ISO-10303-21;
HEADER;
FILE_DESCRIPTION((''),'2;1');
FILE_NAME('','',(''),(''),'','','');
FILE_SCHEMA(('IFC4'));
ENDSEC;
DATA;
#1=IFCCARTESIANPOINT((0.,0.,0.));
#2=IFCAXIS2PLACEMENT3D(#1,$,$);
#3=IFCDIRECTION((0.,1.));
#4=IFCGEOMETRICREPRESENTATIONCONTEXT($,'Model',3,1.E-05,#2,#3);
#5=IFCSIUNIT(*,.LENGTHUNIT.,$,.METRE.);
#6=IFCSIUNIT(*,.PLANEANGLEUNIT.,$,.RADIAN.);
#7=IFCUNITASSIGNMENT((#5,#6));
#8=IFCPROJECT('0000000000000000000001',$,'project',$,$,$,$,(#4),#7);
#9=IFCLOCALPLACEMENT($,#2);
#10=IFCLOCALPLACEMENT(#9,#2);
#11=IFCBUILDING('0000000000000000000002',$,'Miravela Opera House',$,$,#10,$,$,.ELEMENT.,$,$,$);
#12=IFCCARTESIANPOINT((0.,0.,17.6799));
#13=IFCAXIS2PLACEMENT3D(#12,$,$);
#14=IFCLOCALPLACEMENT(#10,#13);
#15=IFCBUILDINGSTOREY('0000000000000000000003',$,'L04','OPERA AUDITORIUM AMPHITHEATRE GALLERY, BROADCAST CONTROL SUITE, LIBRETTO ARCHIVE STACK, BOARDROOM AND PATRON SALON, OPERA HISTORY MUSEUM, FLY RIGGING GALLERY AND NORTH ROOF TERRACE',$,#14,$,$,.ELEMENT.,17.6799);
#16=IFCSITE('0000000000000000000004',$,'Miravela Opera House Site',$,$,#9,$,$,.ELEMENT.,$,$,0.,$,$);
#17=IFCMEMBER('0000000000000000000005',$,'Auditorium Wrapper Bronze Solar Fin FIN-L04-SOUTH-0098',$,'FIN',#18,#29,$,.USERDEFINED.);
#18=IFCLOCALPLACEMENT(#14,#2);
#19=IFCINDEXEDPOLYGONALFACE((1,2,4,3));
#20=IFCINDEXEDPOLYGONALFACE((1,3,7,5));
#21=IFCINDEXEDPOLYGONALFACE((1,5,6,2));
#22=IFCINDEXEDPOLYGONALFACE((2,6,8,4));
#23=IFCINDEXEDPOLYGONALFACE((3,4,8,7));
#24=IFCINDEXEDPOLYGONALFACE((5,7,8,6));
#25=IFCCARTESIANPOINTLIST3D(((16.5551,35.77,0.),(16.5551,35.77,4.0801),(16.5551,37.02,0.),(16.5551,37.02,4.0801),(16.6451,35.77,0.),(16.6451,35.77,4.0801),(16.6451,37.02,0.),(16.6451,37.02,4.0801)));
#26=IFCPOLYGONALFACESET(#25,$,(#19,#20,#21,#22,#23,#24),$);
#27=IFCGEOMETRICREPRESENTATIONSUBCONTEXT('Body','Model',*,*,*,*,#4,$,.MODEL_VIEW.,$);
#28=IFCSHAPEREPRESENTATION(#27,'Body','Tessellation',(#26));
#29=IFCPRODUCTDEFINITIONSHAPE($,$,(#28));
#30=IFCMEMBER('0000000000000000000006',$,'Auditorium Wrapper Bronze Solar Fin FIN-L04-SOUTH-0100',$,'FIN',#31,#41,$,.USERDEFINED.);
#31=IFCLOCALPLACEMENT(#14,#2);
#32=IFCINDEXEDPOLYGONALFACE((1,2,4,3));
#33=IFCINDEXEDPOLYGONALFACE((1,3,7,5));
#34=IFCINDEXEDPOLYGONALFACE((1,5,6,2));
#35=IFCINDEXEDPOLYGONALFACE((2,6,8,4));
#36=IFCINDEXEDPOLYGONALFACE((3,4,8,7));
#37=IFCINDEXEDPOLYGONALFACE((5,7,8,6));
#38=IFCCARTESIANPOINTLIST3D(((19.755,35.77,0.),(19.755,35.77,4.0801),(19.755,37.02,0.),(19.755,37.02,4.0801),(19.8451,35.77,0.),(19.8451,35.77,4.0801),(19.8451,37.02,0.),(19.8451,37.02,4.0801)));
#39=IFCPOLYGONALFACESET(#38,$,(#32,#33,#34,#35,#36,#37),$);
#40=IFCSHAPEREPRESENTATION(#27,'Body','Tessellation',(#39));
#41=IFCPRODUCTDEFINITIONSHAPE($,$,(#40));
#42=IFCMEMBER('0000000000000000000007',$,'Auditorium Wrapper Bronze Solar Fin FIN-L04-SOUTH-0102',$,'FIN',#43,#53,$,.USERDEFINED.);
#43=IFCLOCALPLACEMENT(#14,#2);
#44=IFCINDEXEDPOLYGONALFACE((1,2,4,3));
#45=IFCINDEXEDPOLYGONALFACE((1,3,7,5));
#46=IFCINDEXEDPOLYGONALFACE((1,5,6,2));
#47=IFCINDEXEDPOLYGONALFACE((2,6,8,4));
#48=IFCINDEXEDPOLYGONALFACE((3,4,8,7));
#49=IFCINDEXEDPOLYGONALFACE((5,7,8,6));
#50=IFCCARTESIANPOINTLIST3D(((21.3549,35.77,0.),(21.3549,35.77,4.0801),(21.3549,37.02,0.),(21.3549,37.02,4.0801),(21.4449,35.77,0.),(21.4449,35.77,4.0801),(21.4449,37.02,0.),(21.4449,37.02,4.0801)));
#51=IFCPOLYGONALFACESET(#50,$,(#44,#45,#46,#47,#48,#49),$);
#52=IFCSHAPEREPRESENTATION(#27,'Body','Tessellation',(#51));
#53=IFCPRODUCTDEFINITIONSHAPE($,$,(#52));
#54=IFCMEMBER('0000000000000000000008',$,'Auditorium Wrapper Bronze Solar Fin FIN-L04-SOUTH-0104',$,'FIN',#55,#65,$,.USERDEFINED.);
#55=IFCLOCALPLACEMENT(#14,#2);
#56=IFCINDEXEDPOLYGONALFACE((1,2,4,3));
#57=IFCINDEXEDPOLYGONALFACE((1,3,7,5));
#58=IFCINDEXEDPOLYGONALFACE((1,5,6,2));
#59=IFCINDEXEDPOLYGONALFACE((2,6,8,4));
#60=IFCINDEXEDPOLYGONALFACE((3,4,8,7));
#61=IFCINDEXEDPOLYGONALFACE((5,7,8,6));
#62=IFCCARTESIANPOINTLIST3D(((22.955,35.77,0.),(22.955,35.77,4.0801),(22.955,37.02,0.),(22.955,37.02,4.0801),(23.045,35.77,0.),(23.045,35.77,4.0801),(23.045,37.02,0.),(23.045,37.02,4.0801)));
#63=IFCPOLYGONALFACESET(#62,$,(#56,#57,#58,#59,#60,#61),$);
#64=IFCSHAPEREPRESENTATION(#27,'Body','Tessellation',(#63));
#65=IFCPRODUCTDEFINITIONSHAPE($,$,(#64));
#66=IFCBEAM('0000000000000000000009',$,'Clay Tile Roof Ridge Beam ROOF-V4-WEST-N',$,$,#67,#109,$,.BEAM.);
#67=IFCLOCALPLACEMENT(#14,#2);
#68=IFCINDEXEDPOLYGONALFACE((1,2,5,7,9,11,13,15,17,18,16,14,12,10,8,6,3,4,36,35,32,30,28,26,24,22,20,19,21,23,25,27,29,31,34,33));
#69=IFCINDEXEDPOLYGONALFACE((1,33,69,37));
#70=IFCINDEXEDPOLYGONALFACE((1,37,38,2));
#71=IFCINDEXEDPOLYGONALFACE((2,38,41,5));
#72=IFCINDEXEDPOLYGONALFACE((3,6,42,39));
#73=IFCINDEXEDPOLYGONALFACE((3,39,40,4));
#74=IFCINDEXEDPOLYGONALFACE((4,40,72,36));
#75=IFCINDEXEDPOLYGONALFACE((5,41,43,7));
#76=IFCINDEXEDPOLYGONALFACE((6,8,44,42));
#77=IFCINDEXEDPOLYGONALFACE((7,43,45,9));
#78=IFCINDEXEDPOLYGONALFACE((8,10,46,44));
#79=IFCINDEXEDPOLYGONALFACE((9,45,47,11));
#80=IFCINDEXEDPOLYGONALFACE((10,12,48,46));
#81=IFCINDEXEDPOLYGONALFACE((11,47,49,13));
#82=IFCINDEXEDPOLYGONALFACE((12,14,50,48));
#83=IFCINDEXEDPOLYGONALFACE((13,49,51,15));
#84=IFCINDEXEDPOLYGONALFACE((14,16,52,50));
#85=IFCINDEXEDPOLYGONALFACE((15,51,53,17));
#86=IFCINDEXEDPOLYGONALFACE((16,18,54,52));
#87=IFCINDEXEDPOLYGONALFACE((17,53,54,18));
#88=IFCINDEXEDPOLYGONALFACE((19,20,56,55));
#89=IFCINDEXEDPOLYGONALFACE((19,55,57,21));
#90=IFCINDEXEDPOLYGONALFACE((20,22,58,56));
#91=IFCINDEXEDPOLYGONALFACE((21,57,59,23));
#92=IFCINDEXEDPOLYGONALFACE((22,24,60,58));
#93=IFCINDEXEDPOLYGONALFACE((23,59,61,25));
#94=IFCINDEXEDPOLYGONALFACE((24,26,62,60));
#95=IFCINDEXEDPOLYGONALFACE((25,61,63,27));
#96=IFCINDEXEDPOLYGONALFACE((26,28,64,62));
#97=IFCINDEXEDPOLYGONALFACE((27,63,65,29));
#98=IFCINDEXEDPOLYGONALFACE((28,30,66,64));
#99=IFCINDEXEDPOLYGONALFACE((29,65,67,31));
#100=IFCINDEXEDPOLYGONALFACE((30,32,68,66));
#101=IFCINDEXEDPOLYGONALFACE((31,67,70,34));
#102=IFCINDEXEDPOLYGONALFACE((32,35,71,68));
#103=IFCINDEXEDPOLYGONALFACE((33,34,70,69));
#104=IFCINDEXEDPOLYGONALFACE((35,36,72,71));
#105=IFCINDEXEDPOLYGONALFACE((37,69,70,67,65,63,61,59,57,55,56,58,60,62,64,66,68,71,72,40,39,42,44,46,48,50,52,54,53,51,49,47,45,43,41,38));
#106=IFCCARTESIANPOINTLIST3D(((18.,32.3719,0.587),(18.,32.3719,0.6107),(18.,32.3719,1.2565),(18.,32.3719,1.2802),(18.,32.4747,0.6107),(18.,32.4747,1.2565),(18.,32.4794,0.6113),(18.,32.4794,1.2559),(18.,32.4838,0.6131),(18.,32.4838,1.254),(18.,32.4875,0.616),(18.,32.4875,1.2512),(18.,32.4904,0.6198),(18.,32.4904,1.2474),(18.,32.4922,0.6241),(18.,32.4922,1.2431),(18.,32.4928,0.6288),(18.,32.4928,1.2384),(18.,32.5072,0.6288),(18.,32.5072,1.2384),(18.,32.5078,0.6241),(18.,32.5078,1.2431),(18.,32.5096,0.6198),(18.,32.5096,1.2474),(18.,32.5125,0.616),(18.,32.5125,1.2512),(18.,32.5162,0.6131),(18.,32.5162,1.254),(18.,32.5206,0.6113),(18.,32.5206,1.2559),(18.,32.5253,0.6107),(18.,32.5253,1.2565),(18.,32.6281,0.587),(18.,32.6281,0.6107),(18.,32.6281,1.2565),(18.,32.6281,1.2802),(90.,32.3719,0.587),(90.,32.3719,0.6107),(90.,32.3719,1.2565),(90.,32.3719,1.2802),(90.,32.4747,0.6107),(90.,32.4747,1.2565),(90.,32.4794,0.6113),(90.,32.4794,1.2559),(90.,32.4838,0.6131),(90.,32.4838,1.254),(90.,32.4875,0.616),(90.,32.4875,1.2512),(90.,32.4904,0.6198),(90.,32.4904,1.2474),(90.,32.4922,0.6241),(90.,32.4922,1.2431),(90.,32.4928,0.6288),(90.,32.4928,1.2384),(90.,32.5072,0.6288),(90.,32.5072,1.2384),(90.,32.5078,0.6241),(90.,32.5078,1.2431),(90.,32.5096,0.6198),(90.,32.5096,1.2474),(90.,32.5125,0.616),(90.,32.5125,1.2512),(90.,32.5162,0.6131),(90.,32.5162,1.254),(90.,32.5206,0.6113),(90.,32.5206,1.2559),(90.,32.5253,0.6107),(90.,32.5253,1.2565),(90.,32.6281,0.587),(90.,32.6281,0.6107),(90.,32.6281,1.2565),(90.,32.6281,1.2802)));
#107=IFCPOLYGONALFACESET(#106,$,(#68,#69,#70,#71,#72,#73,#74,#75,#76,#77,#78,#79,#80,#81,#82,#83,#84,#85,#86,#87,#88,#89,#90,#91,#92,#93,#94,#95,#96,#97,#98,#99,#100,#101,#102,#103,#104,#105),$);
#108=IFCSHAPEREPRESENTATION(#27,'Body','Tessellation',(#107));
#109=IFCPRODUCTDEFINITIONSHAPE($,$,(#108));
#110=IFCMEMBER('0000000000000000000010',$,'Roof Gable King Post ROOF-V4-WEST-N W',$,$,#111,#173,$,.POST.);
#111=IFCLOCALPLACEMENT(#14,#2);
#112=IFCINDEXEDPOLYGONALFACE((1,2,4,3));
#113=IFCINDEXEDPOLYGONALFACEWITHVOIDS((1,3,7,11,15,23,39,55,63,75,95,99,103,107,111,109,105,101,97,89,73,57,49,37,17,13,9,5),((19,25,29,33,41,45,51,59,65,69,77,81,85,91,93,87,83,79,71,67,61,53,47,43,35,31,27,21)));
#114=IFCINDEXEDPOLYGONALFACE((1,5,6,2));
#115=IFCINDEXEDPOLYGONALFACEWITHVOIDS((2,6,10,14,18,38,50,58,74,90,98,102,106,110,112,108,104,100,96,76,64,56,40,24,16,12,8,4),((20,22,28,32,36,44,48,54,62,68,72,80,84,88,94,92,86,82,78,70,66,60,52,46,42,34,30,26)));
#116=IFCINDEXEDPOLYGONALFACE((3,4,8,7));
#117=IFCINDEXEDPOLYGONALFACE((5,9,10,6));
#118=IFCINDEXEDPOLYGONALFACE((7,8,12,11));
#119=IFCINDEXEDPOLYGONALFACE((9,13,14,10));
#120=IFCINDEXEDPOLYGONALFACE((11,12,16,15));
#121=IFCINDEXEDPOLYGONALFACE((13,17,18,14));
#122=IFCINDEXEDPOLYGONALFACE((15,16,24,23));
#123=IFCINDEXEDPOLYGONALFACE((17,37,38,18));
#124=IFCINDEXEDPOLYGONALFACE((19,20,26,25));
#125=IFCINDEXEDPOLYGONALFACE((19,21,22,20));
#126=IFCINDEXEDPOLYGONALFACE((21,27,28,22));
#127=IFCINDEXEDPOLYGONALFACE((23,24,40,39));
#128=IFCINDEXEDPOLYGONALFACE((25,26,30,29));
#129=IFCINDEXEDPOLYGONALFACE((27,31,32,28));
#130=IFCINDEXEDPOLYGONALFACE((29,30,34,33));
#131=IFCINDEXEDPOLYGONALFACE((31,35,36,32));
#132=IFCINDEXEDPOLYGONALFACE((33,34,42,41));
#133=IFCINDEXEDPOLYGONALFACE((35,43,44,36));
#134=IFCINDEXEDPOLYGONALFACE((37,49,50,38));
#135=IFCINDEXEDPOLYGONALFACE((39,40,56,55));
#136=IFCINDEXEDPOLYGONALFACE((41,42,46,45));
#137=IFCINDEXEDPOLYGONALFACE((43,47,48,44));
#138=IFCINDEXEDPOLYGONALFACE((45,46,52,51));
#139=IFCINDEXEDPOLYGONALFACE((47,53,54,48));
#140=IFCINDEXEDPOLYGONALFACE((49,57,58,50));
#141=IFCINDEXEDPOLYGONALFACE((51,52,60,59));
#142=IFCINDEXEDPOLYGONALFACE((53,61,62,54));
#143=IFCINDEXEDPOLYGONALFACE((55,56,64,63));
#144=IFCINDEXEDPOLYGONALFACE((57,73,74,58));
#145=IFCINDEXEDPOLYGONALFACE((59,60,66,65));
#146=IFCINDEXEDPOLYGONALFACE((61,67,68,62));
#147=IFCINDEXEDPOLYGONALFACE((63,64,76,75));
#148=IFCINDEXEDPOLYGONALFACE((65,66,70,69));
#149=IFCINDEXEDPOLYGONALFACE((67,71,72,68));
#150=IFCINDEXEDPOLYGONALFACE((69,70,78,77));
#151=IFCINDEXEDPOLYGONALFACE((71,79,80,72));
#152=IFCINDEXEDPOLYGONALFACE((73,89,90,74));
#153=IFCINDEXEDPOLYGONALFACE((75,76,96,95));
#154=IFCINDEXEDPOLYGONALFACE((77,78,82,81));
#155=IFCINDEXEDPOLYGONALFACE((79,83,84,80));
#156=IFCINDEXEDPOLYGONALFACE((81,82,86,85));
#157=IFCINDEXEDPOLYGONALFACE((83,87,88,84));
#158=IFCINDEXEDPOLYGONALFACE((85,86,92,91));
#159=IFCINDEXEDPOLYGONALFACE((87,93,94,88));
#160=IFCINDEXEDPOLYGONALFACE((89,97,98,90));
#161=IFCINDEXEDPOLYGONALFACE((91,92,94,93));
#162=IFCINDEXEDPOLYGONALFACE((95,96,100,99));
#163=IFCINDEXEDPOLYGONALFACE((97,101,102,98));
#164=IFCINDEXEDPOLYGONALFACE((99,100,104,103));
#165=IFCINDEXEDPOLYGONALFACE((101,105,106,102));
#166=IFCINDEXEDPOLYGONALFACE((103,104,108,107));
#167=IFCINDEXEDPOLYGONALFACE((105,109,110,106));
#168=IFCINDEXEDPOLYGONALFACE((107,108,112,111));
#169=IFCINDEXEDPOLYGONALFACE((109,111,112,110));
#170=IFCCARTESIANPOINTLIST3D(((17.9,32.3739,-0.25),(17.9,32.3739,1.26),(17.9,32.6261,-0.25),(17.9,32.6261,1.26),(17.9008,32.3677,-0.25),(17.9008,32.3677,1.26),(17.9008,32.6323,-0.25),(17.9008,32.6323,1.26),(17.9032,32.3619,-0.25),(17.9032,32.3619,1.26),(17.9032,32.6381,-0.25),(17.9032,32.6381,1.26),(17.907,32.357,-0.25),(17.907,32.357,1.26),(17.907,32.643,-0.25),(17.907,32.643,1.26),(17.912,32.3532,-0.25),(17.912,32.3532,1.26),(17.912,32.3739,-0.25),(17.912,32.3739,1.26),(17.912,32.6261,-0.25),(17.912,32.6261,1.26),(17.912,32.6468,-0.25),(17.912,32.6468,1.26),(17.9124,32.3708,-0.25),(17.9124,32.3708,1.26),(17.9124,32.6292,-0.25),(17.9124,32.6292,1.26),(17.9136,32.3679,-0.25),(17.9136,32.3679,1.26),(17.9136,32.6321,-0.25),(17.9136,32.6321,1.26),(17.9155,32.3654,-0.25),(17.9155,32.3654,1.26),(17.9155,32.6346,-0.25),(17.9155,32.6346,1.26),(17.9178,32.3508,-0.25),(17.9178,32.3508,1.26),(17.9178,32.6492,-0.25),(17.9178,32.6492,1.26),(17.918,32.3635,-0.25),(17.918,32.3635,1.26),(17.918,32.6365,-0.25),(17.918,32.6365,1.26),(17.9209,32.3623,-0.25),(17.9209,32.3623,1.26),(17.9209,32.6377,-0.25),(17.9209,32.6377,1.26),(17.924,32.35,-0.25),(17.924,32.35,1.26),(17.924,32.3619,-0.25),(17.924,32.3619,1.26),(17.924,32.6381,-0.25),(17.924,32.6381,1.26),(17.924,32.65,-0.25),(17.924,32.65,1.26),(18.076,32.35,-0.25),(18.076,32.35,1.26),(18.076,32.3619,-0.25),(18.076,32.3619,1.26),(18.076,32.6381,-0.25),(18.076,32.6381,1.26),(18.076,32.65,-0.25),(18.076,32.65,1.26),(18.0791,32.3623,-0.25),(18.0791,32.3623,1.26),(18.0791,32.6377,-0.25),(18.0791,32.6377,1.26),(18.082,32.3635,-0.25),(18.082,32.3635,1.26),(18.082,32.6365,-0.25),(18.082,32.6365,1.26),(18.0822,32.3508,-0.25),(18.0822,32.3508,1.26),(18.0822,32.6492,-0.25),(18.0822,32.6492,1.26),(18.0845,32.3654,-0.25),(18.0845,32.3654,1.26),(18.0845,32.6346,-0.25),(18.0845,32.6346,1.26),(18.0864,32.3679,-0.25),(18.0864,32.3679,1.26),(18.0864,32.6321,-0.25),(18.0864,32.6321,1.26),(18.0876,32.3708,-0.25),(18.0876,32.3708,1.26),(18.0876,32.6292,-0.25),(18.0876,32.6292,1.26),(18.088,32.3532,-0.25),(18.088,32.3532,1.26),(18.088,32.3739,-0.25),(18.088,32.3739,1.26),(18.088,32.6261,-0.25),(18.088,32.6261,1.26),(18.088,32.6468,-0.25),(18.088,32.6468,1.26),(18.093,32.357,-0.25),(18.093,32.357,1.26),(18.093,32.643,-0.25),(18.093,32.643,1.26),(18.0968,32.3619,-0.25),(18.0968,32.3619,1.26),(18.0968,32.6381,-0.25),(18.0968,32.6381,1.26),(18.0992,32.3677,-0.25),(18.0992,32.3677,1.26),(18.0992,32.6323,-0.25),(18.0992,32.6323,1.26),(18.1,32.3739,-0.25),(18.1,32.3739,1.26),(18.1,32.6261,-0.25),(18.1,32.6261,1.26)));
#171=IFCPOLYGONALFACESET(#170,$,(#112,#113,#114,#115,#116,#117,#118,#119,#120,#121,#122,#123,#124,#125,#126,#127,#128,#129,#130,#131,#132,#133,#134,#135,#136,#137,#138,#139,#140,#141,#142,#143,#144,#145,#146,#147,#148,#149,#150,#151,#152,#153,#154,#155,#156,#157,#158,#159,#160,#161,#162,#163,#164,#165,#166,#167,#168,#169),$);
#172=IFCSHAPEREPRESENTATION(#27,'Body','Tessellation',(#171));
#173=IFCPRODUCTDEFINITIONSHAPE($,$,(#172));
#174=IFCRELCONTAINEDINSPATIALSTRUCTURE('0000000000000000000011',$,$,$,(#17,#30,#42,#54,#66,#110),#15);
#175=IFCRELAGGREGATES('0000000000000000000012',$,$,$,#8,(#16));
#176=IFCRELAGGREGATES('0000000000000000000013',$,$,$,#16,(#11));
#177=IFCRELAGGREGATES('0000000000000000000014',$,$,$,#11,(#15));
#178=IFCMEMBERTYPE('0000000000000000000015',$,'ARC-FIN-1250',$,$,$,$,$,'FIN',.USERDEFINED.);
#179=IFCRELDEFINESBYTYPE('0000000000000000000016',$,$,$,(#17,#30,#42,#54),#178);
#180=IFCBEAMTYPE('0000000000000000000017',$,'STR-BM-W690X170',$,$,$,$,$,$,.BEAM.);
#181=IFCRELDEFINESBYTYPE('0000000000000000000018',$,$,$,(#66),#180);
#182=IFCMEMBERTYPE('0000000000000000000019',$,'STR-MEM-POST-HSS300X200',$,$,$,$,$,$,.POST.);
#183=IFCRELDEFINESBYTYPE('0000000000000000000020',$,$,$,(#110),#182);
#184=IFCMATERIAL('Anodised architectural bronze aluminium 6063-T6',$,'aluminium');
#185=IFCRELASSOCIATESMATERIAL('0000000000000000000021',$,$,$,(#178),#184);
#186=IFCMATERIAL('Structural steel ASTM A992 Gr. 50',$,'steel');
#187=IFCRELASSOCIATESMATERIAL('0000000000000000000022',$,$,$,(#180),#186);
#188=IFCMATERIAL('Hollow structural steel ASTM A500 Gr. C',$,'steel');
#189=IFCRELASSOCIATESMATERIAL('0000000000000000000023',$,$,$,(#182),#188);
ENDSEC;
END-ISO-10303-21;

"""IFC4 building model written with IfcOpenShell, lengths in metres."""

from ifc_helpers import new_model, si_unit, direction, frame, origin, origin_2d, place, context, subcontext, project, spatial, rectangle, hollow_rectangle, i_section, extrude, material, material_profile, profile_set, type_object, element, save


model = new_model("IFC4")

# Units and contexts
model_context = context("Model", 3, precision=1e-05, world=origin(), true_north=direction((0.0, 1.0)))
body_context = subcontext(model_context, "Body", "Model", "MODEL_VIEW")
ifc_project = project(units=[si_unit("LENGTHUNIT", "METRE"), si_unit("PLANEANGLEUNIT", "RADIAN")], contexts=[model_context])

# Site, building, storey
site_placement = place(None, origin())
site = spatial("IfcSite", under=ifc_project, at=site_placement, Name="Miravela Opera House Site", CompositionType="ELEMENT", RefElevation=0.0)
building_placement = place(site_placement, origin())
building = spatial("IfcBuilding", under=site, at=building_placement, Name="Miravela Opera House", CompositionType="ELEMENT")
storey_placement = place(building_placement, frame((0.0, 0.0, 17.6799)))
storey = spatial("IfcBuildingStorey", under=building, at=storey_placement, Name="L04", Description="OPERA AUDITORIUM AMPHITHEATRE GALLERY, BROADCAST CONTROL SUITE, LIBRETTO ARCHIVE STACK, BOARDROOM AND PATRON SALON, OPERA HISTORY MUSEUM, FLY RIGGING GALLERY AND NORTH ROOF TERRACE", CompositionType="ELEMENT", Elevation=17.6799)

# Members
ifc_material_1 = material(Name="Anodised architectural bronze aluminium 6063-T6", Category="aluminium")
ifc_material_profile_1 = material_profile(ifc_material_1, rectangle(XDim=0.0901, YDim=1.25, at=origin_2d()), Name="FIN-1250X90")
ifc_profile_set_1 = profile_set([ifc_material_profile_1])
member_type_1 = type_object("IfcMemberType", Name="ARC-FIN-1250", ElementType="FIN", PredefinedType="USERDEFINED", material=ifc_profile_set_1)
for number, where, z_axis, x_axis, name in (
    (1, (16.6001, 36.395, 0.0), (0.0, 0.0, 1.0), (1.0, 0.0, 0.0), "Auditorium Wrapper Bronze Solar Fin FIN-L04-SOUTH-0098"),
    (2, (19.8, 36.395, 0.0), (0.0, 0.0, 1.0), (1.0, 0.0, 0.0), "Auditorium Wrapper Bronze Solar Fin FIN-L04-SOUTH-0100"),
    (3, (21.3999, 36.395, 0.0), (0.0, 0.0, 1.0), (1.0, 0.0, 0.0), "Auditorium Wrapper Bronze Solar Fin FIN-L04-SOUTH-0102"),
    (4, (23.0, 36.395, 0.0), (0.0, 0.0, 1.0), (1.0, 0.0, 0.0), "Auditorium Wrapper Bronze Solar Fin FIN-L04-SOUTH-0104"),
):
    element("IfcMember", number, at=place(storey_placement, frame(where, z_axis=z_axis, x_axis=x_axis)), inside=storey, type_object=member_type_1, Name=name, ObjectType="FIN", PredefinedType="USERDEFINED", context=body_context, shape_type="SweptSolid", body=[
        extrude(rectangle(XDim=0.0901, YDim=1.25, at=origin_2d()), origin(), (0.0, 0.0, 1.0), 4.0801),
    ])

# Beam
ifc_material_2 = material(Name="Structural steel ASTM A992 Gr. 50", Category="steel")
ifc_material_profile_2 = material_profile(ifc_material_2, i_section(OverallWidth=0.2561, OverallDepth=0.6931, WebThickness=0.0144, FlangeThickness=0.0237, FilletRadius=0.0181, at=origin_2d()), Name="W690X170")
ifc_profile_set_2 = profile_set([ifc_material_profile_2])
beam_type = type_object("IfcBeamType", Name="STR-BM-W690X170", PredefinedType="BEAM", material=ifc_profile_set_2)
beam_placement = place(storey_placement, frame((18.0, 32.5, 0.9336), z_axis=(1.0, 0.0, 0.0), x_axis=(0.0, 1.0, 0.0)))
element("IfcBeam", 5, at=beam_placement, inside=storey, type_object=beam_type, Name="Clay Tile Roof Ridge Beam ROOF-V4-WEST-N", PredefinedType="BEAM", context=body_context, shape_type="SweptSolid", body=[
    extrude(i_section(OverallWidth=0.2561, OverallDepth=0.6931, WebThickness=0.0144, FlangeThickness=0.0237, FilletRadius=0.0181, at=origin_2d()), origin(), (0.0, 0.0, 1.0), 72.0),
])

# Member
ifc_material_3 = material(Name="Hollow structural steel ASTM A500 Gr. C", Category="steel")
ifc_material_profile_3 = material_profile(ifc_material_3, hollow_rectangle(XDim=0.2, YDim=0.3, WallThickness=0.012, InnerFilletRadius=0.012, OuterFilletRadius=0.0239, at=origin_2d()), Name="HSS300X200X12")
ifc_profile_set_3 = profile_set([ifc_material_profile_3])
member_type_2 = type_object("IfcMemberType", Name="STR-MEM-POST-HSS300X200", PredefinedType="POST", material=ifc_profile_set_3)
member_1_placement = place(storey_placement, frame((18.0, 32.5, -0.25), z_axis=(0.0, 0.0, 1.0), x_axis=(1.0, 0.0, 0.0)))
element("IfcMember", 6, at=member_1_placement, inside=storey, type_object=member_type_2, Name="Roof Gable King Post ROOF-V4-WEST-N W", PredefinedType="POST", context=body_context, shape_type="SweptSolid", body=[
    extrude(hollow_rectangle(XDim=0.2, YDim=0.3, WallThickness=0.012, InnerFilletRadius=0.012, OuterFilletRadius=0.0239, at=origin_2d()), origin(), (0.0, 0.0, 1.0), 1.51),
])

save(model, "model.ifc")
